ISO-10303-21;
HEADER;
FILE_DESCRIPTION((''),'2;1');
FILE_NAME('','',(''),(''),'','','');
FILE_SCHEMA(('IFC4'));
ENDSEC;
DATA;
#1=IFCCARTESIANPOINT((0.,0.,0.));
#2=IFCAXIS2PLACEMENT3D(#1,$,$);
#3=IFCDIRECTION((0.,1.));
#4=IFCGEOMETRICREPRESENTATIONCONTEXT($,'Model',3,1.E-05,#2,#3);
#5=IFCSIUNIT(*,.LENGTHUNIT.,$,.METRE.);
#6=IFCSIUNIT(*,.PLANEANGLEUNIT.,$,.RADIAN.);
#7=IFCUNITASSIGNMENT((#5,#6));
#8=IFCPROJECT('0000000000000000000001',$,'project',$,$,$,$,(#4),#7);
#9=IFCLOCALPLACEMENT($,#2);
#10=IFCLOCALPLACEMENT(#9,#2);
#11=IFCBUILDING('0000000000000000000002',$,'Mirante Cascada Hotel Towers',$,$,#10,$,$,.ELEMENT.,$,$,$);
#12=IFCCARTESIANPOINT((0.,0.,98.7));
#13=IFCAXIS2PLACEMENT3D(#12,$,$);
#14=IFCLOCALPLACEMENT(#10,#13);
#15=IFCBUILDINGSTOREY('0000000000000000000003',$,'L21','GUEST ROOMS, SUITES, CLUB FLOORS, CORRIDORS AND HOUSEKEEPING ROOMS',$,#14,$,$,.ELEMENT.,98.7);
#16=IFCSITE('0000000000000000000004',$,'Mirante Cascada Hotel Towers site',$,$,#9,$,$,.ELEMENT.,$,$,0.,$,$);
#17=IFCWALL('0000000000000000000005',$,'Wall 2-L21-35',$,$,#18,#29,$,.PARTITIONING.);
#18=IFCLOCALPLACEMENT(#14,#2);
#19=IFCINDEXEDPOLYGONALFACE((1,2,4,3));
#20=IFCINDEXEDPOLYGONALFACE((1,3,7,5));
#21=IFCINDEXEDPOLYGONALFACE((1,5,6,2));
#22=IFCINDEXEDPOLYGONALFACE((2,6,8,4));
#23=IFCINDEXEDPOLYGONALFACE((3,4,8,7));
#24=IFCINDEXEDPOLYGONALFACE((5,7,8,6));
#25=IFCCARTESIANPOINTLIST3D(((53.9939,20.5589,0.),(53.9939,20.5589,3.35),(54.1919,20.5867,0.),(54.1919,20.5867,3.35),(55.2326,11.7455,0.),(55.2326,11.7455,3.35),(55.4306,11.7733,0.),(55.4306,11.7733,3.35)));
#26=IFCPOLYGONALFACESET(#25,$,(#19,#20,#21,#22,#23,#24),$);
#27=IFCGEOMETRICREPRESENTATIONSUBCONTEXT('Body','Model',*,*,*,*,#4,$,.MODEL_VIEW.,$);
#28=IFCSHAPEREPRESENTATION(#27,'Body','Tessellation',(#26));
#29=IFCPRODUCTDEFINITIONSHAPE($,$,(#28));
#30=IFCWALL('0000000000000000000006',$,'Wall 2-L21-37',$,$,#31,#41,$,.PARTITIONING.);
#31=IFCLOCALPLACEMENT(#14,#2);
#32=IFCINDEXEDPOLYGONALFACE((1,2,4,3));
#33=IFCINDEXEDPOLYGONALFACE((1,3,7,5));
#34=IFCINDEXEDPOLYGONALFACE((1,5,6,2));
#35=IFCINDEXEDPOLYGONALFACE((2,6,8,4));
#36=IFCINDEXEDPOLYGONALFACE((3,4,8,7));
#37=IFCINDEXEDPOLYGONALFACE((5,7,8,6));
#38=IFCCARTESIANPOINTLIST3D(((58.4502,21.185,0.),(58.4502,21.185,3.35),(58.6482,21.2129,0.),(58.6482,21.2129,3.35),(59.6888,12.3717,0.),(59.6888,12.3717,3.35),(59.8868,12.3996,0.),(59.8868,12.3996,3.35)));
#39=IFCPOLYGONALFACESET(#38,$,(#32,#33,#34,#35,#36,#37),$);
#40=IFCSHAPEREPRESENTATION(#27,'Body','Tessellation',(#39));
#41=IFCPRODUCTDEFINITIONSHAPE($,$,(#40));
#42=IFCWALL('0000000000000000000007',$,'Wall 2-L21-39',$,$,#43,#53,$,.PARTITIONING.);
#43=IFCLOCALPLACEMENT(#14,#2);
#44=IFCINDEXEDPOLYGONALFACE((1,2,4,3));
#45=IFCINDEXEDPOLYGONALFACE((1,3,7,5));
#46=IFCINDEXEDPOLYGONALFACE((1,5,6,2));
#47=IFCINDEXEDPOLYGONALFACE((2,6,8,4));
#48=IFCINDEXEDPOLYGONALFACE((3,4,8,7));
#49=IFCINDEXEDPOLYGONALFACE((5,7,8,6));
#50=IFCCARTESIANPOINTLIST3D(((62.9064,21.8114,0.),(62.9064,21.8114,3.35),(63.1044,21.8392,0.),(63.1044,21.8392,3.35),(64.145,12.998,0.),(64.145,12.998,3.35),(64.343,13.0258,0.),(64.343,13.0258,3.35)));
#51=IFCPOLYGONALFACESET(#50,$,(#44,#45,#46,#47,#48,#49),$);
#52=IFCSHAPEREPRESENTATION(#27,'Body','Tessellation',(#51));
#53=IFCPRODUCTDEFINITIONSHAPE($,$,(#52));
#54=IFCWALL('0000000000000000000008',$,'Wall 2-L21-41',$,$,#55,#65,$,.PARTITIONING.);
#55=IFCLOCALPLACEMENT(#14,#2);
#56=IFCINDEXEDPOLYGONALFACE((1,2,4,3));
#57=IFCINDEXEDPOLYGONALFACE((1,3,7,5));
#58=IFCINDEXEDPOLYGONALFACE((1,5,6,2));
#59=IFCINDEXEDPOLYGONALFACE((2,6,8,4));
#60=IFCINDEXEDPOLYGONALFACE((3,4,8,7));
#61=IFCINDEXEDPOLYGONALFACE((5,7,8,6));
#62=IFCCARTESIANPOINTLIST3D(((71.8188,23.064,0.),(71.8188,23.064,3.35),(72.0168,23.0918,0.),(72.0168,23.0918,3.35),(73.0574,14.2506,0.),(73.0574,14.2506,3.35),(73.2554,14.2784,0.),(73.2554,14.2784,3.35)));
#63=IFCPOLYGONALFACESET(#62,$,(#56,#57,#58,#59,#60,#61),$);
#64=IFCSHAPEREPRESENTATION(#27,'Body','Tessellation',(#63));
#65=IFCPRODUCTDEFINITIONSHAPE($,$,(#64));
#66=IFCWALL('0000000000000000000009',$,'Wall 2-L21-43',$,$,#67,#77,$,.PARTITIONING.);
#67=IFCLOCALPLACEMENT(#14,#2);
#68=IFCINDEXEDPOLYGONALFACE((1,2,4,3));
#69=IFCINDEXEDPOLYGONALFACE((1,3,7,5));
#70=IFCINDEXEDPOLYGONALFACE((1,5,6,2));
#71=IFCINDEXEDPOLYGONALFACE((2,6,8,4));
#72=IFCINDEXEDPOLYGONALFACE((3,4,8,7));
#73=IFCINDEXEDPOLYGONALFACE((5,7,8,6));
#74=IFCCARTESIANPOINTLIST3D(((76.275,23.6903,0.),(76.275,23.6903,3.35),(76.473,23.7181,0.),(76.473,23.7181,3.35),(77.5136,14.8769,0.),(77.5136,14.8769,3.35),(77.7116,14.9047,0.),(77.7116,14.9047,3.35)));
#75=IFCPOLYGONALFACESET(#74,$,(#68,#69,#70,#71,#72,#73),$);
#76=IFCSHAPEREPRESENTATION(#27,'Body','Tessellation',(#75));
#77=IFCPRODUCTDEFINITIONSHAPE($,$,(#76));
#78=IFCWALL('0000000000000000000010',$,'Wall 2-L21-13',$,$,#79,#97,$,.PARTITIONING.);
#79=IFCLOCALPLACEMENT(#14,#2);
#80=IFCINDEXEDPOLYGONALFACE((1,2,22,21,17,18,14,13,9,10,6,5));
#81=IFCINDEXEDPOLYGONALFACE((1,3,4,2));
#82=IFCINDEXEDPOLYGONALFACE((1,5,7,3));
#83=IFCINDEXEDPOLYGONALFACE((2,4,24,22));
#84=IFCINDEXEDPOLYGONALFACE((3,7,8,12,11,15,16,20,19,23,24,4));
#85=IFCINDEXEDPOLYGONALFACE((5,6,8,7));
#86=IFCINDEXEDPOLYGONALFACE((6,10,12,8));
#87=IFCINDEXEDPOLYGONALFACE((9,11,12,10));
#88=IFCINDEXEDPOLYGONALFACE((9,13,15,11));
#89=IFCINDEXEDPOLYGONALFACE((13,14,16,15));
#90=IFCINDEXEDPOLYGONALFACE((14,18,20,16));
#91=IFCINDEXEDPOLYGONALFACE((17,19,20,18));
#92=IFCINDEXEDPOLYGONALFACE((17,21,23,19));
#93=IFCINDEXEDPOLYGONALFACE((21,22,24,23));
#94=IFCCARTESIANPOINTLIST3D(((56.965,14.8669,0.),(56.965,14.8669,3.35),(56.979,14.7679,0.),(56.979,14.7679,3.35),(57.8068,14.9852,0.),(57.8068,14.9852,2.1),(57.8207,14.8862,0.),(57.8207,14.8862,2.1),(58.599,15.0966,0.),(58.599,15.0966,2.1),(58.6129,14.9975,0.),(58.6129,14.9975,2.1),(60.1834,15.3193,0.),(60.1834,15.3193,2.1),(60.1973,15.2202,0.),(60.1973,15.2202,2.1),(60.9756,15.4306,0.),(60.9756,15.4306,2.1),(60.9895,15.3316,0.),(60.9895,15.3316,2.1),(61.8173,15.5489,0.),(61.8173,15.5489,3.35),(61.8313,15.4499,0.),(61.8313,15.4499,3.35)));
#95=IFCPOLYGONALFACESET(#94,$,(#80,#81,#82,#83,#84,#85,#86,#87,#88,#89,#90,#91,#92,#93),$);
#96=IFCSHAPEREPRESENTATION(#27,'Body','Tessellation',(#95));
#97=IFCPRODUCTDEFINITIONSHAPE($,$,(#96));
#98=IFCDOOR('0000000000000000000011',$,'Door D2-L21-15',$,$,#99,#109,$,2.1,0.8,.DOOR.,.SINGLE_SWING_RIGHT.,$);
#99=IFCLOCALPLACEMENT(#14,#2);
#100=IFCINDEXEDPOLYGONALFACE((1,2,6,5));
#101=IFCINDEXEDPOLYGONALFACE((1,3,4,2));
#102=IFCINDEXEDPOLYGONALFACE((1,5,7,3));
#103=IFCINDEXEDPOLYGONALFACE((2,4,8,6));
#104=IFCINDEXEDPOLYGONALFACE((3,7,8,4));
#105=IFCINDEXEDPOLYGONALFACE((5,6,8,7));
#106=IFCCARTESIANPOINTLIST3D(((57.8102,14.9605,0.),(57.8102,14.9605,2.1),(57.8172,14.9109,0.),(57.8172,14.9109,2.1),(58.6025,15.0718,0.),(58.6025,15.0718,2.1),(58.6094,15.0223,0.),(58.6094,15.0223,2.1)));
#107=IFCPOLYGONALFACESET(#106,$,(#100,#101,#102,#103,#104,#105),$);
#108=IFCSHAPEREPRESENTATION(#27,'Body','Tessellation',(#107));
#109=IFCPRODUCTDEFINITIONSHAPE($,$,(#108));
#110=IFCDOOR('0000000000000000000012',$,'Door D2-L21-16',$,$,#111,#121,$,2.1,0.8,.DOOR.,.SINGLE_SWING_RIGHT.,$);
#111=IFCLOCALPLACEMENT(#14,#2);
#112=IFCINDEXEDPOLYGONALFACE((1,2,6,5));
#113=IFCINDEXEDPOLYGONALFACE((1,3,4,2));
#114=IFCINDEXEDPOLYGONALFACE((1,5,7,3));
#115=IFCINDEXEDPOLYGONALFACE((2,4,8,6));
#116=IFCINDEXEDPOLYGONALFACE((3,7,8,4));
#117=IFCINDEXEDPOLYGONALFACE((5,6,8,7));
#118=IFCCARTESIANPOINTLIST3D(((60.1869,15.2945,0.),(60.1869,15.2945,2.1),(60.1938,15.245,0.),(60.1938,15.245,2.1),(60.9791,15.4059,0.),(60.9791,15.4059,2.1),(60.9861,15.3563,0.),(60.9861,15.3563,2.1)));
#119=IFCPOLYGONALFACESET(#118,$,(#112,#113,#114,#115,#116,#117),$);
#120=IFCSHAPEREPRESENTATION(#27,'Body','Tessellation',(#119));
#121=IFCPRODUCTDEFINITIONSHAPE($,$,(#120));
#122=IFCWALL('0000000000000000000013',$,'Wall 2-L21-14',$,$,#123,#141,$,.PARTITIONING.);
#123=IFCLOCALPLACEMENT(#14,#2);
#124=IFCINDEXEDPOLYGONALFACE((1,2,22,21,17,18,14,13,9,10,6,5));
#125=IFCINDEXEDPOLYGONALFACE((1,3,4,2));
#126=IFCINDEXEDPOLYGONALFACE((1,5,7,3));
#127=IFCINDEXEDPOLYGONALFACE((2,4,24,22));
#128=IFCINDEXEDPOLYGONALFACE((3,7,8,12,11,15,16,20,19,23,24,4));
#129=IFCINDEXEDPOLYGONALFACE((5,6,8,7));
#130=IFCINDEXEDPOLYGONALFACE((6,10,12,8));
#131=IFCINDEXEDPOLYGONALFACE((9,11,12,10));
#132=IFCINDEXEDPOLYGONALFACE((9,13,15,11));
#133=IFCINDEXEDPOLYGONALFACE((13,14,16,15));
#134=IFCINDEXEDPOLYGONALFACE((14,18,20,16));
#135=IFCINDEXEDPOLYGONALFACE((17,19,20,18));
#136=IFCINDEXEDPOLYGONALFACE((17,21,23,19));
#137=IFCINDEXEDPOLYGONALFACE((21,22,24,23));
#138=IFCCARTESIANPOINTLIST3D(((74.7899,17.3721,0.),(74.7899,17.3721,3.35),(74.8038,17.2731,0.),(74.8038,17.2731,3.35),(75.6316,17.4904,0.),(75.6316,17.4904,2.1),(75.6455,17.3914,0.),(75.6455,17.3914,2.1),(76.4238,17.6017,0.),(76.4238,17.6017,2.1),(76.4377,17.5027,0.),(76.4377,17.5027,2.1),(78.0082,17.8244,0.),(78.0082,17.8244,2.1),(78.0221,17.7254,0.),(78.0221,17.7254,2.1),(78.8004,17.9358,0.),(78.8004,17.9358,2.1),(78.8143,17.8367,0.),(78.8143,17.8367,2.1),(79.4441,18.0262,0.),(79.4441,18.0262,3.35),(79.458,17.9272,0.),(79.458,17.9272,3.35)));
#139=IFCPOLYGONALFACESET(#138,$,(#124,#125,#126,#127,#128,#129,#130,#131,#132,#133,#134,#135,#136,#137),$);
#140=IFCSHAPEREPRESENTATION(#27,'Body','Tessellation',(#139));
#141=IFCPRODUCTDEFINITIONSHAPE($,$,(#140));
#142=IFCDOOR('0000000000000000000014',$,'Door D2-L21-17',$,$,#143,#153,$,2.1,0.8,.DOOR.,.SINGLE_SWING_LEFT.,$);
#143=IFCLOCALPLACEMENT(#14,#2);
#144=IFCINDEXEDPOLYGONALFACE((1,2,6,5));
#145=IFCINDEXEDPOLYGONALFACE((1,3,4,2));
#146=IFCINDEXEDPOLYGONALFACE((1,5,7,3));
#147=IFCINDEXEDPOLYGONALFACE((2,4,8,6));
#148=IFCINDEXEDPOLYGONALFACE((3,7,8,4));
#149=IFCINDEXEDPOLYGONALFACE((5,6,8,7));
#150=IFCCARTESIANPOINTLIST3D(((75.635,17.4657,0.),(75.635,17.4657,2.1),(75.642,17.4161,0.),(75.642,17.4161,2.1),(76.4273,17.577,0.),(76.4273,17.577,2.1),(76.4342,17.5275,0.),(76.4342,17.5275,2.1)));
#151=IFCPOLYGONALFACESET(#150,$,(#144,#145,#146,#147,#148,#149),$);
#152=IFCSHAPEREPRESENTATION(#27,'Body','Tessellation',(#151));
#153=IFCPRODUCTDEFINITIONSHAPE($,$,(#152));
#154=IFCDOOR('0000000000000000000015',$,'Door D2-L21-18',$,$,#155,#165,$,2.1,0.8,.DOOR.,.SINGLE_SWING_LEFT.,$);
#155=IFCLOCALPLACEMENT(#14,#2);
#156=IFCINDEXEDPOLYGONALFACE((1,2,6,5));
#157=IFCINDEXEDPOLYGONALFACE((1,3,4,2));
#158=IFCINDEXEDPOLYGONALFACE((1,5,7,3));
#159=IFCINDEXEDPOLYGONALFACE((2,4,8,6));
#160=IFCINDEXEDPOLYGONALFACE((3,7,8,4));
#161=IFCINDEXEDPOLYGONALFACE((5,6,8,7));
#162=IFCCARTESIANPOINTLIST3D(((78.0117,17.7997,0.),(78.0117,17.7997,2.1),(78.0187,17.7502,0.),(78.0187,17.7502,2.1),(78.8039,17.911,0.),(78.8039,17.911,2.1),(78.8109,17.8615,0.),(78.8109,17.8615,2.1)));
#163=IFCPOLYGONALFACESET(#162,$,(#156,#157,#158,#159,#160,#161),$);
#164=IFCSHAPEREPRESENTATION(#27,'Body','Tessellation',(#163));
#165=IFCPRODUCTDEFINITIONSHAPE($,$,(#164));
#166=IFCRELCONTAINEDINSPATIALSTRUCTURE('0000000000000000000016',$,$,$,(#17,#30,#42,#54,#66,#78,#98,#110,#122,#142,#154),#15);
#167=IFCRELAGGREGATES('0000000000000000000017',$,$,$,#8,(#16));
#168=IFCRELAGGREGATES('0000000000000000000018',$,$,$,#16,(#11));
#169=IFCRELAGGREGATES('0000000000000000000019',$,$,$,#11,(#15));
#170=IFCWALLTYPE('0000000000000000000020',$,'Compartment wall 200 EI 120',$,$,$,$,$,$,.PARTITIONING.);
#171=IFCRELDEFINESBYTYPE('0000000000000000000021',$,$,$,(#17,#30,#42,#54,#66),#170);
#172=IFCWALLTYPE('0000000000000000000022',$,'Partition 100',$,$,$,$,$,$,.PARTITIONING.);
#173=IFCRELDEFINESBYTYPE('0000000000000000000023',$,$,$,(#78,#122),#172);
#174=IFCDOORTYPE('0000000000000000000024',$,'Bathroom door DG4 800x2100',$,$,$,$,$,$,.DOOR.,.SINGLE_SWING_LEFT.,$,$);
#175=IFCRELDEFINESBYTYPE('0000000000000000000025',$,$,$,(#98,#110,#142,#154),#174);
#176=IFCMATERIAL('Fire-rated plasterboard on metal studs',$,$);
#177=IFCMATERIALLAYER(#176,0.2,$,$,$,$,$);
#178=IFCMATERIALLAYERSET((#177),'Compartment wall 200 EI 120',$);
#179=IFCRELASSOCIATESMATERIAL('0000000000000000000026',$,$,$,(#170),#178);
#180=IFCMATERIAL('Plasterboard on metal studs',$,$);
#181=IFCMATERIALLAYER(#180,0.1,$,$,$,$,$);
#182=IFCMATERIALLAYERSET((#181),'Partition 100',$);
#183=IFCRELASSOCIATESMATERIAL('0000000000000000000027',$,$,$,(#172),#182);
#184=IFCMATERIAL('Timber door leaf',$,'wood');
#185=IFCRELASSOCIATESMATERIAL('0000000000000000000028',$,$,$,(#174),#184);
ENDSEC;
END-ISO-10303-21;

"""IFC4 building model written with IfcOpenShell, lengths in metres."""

from ifc_helpers import new_model, si_unit, direction, frame, frame_2d, origin, place, context, subcontext, project, spatial, rectangle, extrude, material, layer, layer_set, type_object, element, fill, save


model = new_model("IFC4")

# Units and contexts
model_context = context("Model", 3, precision=1e-05, world=origin(), true_north=direction((0.0, 1.0)))
body_context = subcontext(model_context, "Body", "Model", "MODEL_VIEW")
ifc_project = project(units=[si_unit("LENGTHUNIT", "METRE"), si_unit("PLANEANGLEUNIT", "RADIAN")], contexts=[model_context])

# Site, building, storey
site_placement = place(None, origin())
site = spatial("IfcSite", under=ifc_project, at=site_placement, Name="Mirante Cascada Hotel Towers site", CompositionType="ELEMENT", RefElevation=0.0)
building_placement = place(site_placement, origin())
building = spatial("IfcBuilding", under=site, at=building_placement, Name="Mirante Cascada Hotel Towers", CompositionType="ELEMENT")
storey_placement = place(building_placement, frame((0.0, 0.0, 98.7)))
storey = spatial("IfcBuildingStorey", under=building, at=storey_placement, Name="L21", Description="GUEST ROOMS, SUITES, CLUB FLOORS, CORRIDORS AND HOUSEKEEPING ROOMS", CompositionType="ELEMENT", Elevation=98.7)

# Walls
ifc_material_1 = material(Name="Fire-rated plasterboard on metal studs")
ifc_layer_1 = layer(ifc_material_1, 0.2)
ifc_layer_set_1 = layer_set([ifc_layer_1], Name="Compartment wall 200 EI 120")
wall_type_1 = type_object("IfcWallType", Name="Compartment wall 200 EI 120", PredefinedType="PARTITIONING", material=ifc_layer_set_1)
wall_1_placement = place(storey_placement, frame((54.0929, 20.5728, 0.0), z_axis=(0.0, 0.0, 1.0), x_axis=(0.139179, -0.990267, 0.0)))
element("IfcWall", 1, at=wall_1_placement, inside=storey, type_object=wall_type_1, Name="Wall 2-L21-35", PredefinedType="PARTITIONING", context=body_context, shape_type="SweptSolid", body=[
    extrude(rectangle(XDim=8.9, YDim=0.2, at=frame_2d((4.45, 0.0))), origin(), (0.0, 0.0, 1.0), 3.35),
])
wall_2_placement = place(storey_placement, frame((58.5492, 21.199, 0.0), z_axis=(0.0, 0.0, 1.0), x_axis=(0.13917, -0.990268, 0.0)))
element("IfcWall", 2, at=wall_2_placement, inside=storey, type_object=wall_type_1, Name="Wall 2-L21-37", PredefinedType="PARTITIONING", context=body_context, shape_type="SweptSolid", body=[
    extrude(rectangle(XDim=8.8999, YDim=0.2, at=frame_2d((4.45, 0.0))), origin(), (0.0, 0.0, 1.0), 3.35),
])
for number, where, z_axis, x_axis, name in (
    (3, (63.0054, 21.8253, 0.0), (0.0, 0.0, 1.0), (0.139168, -0.990269, 0.0), "Wall 2-L21-39"),
    (4, (71.9178, 23.0779, 0.0), (0.0, 0.0, 1.0), (0.139168, -0.990269, 0.0), "Wall 2-L21-41"),
    (5, (76.374, 23.7042, 0.0), (0.0, 0.0, 1.0), (0.139168, -0.990269, 0.0), "Wall 2-L21-43"),
):
    element("IfcWall", number, at=place(storey_placement, frame(where, z_axis=z_axis, x_axis=x_axis)), inside=storey, type_object=wall_type_1, Name=name, PredefinedType="PARTITIONING", context=body_context, shape_type="SweptSolid", body=[
        extrude(rectangle(XDim=8.9, YDim=0.2, at=frame_2d((4.45, 0.0))), origin(), (0.0, 0.0, 1.0), 3.35),
    ])

# Walls, openings, doors
ifc_material_2 = material(Name="Plasterboard on metal studs")
ifc_layer_2 = layer(ifc_material_2, 0.1)
ifc_layer_set_2 = layer_set([ifc_layer_2], Name="Partition 100")
wall_type_2 = type_object("IfcWallType", Name="Partition 100", PredefinedType="PARTITIONING", material=ifc_layer_set_2)
wall_3_placement = place(storey_placement, frame((61.8243, 15.4994, 0.0), z_axis=(0.0, 0.0, 1.0), x_axis=(-0.990267, -0.139184, 0.0)))
wall_3 = element("IfcWall", 6, at=wall_3_placement, inside=storey, type_object=wall_type_2, Name="Wall 2-L21-13", PredefinedType="PARTITIONING", context=body_context, shape_type="SweptSolid", body=[
    extrude(rectangle(XDim=4.9, YDim=0.1, at=frame_2d((2.45, 0.0))), origin(), (0.0, 0.0, 1.0), 3.35),
])
opening_1_placement = place(wall_3_placement, frame((3.25, 0.0, 0.0)))
opening_1 = element("IfcOpeningElement", 7, at=opening_1_placement, cuts=wall_3, PredefinedType="OPENING", context=body_context, shape_type="SweptSolid", body=[
    extrude(rectangle(XDim=0.8, YDim=2.1, at=frame_2d((0.4, 1.05))), frame((0.0, 0.05, 0.0), z_axis=(0.0, -1.0, 0.0), x_axis=(1.0, 0.0, 0.0)), (0.0, 0.0, 1.0), 0.1),
])
opening_2_placement = place(wall_3_placement, frame((0.85, 0.0, 0.0)))
opening_2 = element("IfcOpeningElement", 8, at=opening_2_placement, cuts=wall_3, PredefinedType="OPENING", context=body_context, shape_type="SweptSolid", body=[
    extrude(rectangle(XDim=0.8, YDim=2.1, at=frame_2d((0.4, 1.05))), frame((0.0, 0.05, 0.0), z_axis=(0.0, -1.0, 0.0), x_axis=(1.0, 0.0, 0.0)), (0.0, 0.0, 1.0), 0.1),
])
ifc_material_3 = material(Name="Timber door leaf", Category="wood")
door_type = type_object("IfcDoorType", Name="Bathroom door DG4 800x2100", OperationType="SINGLE_SWING_LEFT", PredefinedType="DOOR", material=ifc_material_3)
door_1_placement = place(opening_1_placement, frame((0.8, 0.0, 0.0), z_axis=(0.0, 0.0, 1.0), x_axis=(-1.0, 0.0, 0.0)))
door_1 = element("IfcDoor", 9, at=door_1_placement, inside=storey, type_object=door_type, Name="Door D2-L21-15", OperationType="SINGLE_SWING_RIGHT", OverallHeight=2.1, OverallWidth=0.8, PredefinedType="DOOR", context=body_context, shape_type="SweptSolid", body=[
    extrude(rectangle(XDim=0.8, YDim=2.1, at=frame_2d((0.4, 1.05))), frame((0.0, 0.025, 0.0), z_axis=(0.0, -1.0, 0.0), x_axis=(1.0, 0.0, 0.0)), (0.0, 0.0, 1.0), 0.05),
])
fill(opening_1, door_1)
door_2_placement = place(opening_2_placement, frame((0.8, 0.0, 0.0), z_axis=(0.0, 0.0, 1.0), x_axis=(-1.0, 0.0, 0.0)))
door_2 = element("IfcDoor", 10, at=door_2_placement, inside=storey, type_object=door_type, Name="Door D2-L21-16", OperationType="SINGLE_SWING_RIGHT", OverallHeight=2.1, OverallWidth=0.8, PredefinedType="DOOR", context=body_context, shape_type="SweptSolid", body=[
    extrude(rectangle(XDim=0.8, YDim=2.1, at=frame_2d((0.4, 1.05))), frame((0.0, 0.025, 0.0), z_axis=(0.0, -1.0, 0.0), x_axis=(1.0, 0.0, 0.0)), (0.0, 0.0, 1.0), 0.05),
])
fill(opening_2, door_2)
wall_4_placement = place(storey_placement, frame((74.7968, 17.3226, 0.0), z_axis=(0.0, 0.0, 1.0), x_axis=(0.990268, 0.139172, 0.0)))
wall_4 = element("IfcWall", 11, at=wall_4_placement, inside=storey, type_object=wall_type_2, Name="Wall 2-L21-14", PredefinedType="PARTITIONING", context=body_context, shape_type="SweptSolid", body=[
    extrude(rectangle(XDim=4.6999, YDim=0.1, at=frame_2d((2.35, 0.0))), origin(), (0.0, 0.0, 1.0), 3.35),
])
opening_3_placement = place(wall_4_placement, frame((0.85, 0.0, 0.0)))
opening_3 = element("IfcOpeningElement", 12, at=opening_3_placement, cuts=wall_4, PredefinedType="OPENING", context=body_context, shape_type="SweptSolid", body=[
    extrude(rectangle(XDim=0.8, YDim=2.1, at=frame_2d((0.4, 1.05))), frame((0.0, 0.05, 0.0), z_axis=(0.0, -1.0, 0.0), x_axis=(1.0, 0.0, 0.0)), (0.0, 0.0, 1.0), 0.1),
])
opening_4_placement = place(wall_4_placement, frame((3.25, 0.0, 0.0)))
opening_4 = element("IfcOpeningElement", 13, at=opening_4_placement, cuts=wall_4, PredefinedType="OPENING", context=body_context, shape_type="SweptSolid", body=[
    extrude(rectangle(XDim=0.8, YDim=2.1, at=frame_2d((0.4, 1.05))), frame((0.0, 0.05, 0.0), z_axis=(0.0, -1.0, 0.0), x_axis=(1.0, 0.0, 0.0)), (0.0, 0.0, 1.0), 0.1),
])
door_3_placement = place(opening_3_placement, origin())
door_3 = element("IfcDoor", 14, at=door_3_placement, inside=storey, type_object=door_type, Name="Door D2-L21-17", OperationType="SINGLE_SWING_LEFT", OverallHeight=2.1, OverallWidth=0.8, PredefinedType="DOOR", context=body_context, shape_type="SweptSolid", body=[
    extrude(rectangle(XDim=0.8, YDim=2.1, at=frame_2d((0.4, 1.05))), frame((0.0, 0.025, 0.0), z_axis=(0.0, -1.0, 0.0), x_axis=(1.0, 0.0, 0.0)), (0.0, 0.0, 1.0), 0.05),
])
fill(opening_3, door_3)
door_4_placement = place(opening_4_placement, origin())
door_4 = element("IfcDoor", 15, at=door_4_placement, inside=storey, type_object=door_type, Name="Door D2-L21-18", OperationType="SINGLE_SWING_LEFT", OverallHeight=2.1, OverallWidth=0.8, PredefinedType="DOOR", context=body_context, shape_type="SweptSolid", body=[
    extrude(rectangle(XDim=0.8, YDim=2.1, at=frame_2d((0.4, 1.05))), frame((0.0, 0.025, 0.0), z_axis=(0.0, -1.0, 0.0), x_axis=(1.0, 0.0, 0.0)), (0.0, 0.0, 1.0), 0.05),
])
fill(opening_4, door_4)

save(model, "model.ifc")
